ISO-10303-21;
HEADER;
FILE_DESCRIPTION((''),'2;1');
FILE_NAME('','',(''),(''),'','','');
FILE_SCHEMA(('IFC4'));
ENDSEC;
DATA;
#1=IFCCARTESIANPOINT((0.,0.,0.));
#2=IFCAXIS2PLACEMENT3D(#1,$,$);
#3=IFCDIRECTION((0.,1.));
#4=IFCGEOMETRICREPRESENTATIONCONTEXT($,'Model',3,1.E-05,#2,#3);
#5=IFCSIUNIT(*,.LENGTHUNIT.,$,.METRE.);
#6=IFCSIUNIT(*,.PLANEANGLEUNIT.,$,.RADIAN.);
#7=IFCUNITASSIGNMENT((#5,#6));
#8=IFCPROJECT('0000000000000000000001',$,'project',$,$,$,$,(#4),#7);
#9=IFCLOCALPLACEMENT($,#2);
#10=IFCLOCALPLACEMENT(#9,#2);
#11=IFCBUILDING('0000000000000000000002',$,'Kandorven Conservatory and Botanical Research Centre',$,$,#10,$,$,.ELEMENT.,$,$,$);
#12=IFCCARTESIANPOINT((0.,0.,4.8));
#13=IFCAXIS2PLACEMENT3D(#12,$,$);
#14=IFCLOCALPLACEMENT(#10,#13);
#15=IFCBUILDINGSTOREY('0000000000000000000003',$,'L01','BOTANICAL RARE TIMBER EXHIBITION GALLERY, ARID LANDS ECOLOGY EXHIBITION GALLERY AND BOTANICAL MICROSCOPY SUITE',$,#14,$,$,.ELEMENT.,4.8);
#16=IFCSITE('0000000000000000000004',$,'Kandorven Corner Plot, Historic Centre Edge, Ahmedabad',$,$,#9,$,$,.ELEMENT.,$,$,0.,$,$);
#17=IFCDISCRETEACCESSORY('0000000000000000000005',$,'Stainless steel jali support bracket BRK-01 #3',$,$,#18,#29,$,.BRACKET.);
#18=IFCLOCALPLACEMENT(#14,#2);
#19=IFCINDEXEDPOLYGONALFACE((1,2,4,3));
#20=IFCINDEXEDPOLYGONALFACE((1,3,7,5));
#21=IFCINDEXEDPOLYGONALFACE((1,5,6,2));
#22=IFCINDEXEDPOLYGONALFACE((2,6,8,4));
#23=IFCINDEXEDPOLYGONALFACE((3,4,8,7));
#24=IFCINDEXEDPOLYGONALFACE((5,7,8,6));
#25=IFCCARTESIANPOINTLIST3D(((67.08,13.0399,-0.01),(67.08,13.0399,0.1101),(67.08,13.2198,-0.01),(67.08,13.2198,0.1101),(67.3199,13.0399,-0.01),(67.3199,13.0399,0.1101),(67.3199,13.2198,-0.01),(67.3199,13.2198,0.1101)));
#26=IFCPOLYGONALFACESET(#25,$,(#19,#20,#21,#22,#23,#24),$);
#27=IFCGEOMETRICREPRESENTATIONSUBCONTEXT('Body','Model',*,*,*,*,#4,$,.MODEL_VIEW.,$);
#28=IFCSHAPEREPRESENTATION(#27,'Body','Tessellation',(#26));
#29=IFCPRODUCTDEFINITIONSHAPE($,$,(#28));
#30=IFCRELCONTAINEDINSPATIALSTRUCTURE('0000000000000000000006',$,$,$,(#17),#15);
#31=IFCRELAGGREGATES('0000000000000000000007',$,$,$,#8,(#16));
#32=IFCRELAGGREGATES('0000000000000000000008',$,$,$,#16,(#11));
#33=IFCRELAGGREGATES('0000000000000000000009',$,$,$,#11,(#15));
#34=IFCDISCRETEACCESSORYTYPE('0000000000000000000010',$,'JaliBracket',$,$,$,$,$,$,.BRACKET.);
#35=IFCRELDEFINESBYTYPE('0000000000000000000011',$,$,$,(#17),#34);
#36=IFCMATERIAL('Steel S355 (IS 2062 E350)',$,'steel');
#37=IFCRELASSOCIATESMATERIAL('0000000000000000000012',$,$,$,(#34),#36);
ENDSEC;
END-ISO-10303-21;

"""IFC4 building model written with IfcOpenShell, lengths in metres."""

from ifc_helpers import new_model, si_unit, direction, frame, origin, origin_2d, place, context, subcontext, project, spatial, rectangle, extrude, material, type_object, element, save


model = new_model("IFC4")

# Units and contexts
model_context = context("Model", 3, precision=1e-05, world=origin(), true_north=direction((0.0, 1.0)))
body_context = subcontext(model_context, "Body", "Model", "MODEL_VIEW")
ifc_project = project(units=[si_unit("LENGTHUNIT", "METRE"), si_unit("PLANEANGLEUNIT", "RADIAN")], contexts=[model_context])

# Site, building, storey
site_placement = place(None, origin())
site = spatial("IfcSite", under=ifc_project, at=site_placement, Name="Kandorven Corner Plot, Historic Centre Edge, Ahmedabad", CompositionType="ELEMENT", RefElevation=0.0)
building_placement = place(site_placement, origin())
building = spatial("IfcBuilding", under=site, at=building_placement, Name="Kandorven Conservatory and Botanical Research Centre", CompositionType="ELEMENT")
storey_placement = place(building_placement, frame((0.0, 0.0, 4.8)))
storey = spatial("IfcBuildingStorey", under=building, at=storey_placement, Name="L01", Description="BOTANICAL RARE TIMBER EXHIBITION GALLERY, ARID LANDS ECOLOGY EXHIBITION GALLERY AND BOTANICAL MICROSCOPY SUITE", CompositionType="ELEMENT", Elevation=4.8)

# Discrete accessory
ifc_material_1 = material(Name="Steel S355 (IS 2062 E350)", Category="steel")
discrete_accessory_type = type_object("IfcDiscreteAccessoryType", Name="JaliBracket", PredefinedType="BRACKET", material=ifc_material_1)
discrete_accessory_placement = place(storey_placement, frame((67.2, 13.1299, -0.01), z_axis=(0.0, 0.0, 1.0), x_axis=(1.0, 0.0, 0.0)))
element("IfcDiscreteAccessory", 1, at=discrete_accessory_placement, inside=storey, type_object=discrete_accessory_type, Name="Stainless steel jali support bracket BRK-01 #3", PredefinedType="BRACKET", context=body_context, shape_type="SweptSolid", body=[
    extrude(rectangle(XDim=0.24, YDim=0.1799, at=origin_2d()), origin(), (0.0, 0.0, 1.0), 0.1201),
])

save(model, "model.ifc")
